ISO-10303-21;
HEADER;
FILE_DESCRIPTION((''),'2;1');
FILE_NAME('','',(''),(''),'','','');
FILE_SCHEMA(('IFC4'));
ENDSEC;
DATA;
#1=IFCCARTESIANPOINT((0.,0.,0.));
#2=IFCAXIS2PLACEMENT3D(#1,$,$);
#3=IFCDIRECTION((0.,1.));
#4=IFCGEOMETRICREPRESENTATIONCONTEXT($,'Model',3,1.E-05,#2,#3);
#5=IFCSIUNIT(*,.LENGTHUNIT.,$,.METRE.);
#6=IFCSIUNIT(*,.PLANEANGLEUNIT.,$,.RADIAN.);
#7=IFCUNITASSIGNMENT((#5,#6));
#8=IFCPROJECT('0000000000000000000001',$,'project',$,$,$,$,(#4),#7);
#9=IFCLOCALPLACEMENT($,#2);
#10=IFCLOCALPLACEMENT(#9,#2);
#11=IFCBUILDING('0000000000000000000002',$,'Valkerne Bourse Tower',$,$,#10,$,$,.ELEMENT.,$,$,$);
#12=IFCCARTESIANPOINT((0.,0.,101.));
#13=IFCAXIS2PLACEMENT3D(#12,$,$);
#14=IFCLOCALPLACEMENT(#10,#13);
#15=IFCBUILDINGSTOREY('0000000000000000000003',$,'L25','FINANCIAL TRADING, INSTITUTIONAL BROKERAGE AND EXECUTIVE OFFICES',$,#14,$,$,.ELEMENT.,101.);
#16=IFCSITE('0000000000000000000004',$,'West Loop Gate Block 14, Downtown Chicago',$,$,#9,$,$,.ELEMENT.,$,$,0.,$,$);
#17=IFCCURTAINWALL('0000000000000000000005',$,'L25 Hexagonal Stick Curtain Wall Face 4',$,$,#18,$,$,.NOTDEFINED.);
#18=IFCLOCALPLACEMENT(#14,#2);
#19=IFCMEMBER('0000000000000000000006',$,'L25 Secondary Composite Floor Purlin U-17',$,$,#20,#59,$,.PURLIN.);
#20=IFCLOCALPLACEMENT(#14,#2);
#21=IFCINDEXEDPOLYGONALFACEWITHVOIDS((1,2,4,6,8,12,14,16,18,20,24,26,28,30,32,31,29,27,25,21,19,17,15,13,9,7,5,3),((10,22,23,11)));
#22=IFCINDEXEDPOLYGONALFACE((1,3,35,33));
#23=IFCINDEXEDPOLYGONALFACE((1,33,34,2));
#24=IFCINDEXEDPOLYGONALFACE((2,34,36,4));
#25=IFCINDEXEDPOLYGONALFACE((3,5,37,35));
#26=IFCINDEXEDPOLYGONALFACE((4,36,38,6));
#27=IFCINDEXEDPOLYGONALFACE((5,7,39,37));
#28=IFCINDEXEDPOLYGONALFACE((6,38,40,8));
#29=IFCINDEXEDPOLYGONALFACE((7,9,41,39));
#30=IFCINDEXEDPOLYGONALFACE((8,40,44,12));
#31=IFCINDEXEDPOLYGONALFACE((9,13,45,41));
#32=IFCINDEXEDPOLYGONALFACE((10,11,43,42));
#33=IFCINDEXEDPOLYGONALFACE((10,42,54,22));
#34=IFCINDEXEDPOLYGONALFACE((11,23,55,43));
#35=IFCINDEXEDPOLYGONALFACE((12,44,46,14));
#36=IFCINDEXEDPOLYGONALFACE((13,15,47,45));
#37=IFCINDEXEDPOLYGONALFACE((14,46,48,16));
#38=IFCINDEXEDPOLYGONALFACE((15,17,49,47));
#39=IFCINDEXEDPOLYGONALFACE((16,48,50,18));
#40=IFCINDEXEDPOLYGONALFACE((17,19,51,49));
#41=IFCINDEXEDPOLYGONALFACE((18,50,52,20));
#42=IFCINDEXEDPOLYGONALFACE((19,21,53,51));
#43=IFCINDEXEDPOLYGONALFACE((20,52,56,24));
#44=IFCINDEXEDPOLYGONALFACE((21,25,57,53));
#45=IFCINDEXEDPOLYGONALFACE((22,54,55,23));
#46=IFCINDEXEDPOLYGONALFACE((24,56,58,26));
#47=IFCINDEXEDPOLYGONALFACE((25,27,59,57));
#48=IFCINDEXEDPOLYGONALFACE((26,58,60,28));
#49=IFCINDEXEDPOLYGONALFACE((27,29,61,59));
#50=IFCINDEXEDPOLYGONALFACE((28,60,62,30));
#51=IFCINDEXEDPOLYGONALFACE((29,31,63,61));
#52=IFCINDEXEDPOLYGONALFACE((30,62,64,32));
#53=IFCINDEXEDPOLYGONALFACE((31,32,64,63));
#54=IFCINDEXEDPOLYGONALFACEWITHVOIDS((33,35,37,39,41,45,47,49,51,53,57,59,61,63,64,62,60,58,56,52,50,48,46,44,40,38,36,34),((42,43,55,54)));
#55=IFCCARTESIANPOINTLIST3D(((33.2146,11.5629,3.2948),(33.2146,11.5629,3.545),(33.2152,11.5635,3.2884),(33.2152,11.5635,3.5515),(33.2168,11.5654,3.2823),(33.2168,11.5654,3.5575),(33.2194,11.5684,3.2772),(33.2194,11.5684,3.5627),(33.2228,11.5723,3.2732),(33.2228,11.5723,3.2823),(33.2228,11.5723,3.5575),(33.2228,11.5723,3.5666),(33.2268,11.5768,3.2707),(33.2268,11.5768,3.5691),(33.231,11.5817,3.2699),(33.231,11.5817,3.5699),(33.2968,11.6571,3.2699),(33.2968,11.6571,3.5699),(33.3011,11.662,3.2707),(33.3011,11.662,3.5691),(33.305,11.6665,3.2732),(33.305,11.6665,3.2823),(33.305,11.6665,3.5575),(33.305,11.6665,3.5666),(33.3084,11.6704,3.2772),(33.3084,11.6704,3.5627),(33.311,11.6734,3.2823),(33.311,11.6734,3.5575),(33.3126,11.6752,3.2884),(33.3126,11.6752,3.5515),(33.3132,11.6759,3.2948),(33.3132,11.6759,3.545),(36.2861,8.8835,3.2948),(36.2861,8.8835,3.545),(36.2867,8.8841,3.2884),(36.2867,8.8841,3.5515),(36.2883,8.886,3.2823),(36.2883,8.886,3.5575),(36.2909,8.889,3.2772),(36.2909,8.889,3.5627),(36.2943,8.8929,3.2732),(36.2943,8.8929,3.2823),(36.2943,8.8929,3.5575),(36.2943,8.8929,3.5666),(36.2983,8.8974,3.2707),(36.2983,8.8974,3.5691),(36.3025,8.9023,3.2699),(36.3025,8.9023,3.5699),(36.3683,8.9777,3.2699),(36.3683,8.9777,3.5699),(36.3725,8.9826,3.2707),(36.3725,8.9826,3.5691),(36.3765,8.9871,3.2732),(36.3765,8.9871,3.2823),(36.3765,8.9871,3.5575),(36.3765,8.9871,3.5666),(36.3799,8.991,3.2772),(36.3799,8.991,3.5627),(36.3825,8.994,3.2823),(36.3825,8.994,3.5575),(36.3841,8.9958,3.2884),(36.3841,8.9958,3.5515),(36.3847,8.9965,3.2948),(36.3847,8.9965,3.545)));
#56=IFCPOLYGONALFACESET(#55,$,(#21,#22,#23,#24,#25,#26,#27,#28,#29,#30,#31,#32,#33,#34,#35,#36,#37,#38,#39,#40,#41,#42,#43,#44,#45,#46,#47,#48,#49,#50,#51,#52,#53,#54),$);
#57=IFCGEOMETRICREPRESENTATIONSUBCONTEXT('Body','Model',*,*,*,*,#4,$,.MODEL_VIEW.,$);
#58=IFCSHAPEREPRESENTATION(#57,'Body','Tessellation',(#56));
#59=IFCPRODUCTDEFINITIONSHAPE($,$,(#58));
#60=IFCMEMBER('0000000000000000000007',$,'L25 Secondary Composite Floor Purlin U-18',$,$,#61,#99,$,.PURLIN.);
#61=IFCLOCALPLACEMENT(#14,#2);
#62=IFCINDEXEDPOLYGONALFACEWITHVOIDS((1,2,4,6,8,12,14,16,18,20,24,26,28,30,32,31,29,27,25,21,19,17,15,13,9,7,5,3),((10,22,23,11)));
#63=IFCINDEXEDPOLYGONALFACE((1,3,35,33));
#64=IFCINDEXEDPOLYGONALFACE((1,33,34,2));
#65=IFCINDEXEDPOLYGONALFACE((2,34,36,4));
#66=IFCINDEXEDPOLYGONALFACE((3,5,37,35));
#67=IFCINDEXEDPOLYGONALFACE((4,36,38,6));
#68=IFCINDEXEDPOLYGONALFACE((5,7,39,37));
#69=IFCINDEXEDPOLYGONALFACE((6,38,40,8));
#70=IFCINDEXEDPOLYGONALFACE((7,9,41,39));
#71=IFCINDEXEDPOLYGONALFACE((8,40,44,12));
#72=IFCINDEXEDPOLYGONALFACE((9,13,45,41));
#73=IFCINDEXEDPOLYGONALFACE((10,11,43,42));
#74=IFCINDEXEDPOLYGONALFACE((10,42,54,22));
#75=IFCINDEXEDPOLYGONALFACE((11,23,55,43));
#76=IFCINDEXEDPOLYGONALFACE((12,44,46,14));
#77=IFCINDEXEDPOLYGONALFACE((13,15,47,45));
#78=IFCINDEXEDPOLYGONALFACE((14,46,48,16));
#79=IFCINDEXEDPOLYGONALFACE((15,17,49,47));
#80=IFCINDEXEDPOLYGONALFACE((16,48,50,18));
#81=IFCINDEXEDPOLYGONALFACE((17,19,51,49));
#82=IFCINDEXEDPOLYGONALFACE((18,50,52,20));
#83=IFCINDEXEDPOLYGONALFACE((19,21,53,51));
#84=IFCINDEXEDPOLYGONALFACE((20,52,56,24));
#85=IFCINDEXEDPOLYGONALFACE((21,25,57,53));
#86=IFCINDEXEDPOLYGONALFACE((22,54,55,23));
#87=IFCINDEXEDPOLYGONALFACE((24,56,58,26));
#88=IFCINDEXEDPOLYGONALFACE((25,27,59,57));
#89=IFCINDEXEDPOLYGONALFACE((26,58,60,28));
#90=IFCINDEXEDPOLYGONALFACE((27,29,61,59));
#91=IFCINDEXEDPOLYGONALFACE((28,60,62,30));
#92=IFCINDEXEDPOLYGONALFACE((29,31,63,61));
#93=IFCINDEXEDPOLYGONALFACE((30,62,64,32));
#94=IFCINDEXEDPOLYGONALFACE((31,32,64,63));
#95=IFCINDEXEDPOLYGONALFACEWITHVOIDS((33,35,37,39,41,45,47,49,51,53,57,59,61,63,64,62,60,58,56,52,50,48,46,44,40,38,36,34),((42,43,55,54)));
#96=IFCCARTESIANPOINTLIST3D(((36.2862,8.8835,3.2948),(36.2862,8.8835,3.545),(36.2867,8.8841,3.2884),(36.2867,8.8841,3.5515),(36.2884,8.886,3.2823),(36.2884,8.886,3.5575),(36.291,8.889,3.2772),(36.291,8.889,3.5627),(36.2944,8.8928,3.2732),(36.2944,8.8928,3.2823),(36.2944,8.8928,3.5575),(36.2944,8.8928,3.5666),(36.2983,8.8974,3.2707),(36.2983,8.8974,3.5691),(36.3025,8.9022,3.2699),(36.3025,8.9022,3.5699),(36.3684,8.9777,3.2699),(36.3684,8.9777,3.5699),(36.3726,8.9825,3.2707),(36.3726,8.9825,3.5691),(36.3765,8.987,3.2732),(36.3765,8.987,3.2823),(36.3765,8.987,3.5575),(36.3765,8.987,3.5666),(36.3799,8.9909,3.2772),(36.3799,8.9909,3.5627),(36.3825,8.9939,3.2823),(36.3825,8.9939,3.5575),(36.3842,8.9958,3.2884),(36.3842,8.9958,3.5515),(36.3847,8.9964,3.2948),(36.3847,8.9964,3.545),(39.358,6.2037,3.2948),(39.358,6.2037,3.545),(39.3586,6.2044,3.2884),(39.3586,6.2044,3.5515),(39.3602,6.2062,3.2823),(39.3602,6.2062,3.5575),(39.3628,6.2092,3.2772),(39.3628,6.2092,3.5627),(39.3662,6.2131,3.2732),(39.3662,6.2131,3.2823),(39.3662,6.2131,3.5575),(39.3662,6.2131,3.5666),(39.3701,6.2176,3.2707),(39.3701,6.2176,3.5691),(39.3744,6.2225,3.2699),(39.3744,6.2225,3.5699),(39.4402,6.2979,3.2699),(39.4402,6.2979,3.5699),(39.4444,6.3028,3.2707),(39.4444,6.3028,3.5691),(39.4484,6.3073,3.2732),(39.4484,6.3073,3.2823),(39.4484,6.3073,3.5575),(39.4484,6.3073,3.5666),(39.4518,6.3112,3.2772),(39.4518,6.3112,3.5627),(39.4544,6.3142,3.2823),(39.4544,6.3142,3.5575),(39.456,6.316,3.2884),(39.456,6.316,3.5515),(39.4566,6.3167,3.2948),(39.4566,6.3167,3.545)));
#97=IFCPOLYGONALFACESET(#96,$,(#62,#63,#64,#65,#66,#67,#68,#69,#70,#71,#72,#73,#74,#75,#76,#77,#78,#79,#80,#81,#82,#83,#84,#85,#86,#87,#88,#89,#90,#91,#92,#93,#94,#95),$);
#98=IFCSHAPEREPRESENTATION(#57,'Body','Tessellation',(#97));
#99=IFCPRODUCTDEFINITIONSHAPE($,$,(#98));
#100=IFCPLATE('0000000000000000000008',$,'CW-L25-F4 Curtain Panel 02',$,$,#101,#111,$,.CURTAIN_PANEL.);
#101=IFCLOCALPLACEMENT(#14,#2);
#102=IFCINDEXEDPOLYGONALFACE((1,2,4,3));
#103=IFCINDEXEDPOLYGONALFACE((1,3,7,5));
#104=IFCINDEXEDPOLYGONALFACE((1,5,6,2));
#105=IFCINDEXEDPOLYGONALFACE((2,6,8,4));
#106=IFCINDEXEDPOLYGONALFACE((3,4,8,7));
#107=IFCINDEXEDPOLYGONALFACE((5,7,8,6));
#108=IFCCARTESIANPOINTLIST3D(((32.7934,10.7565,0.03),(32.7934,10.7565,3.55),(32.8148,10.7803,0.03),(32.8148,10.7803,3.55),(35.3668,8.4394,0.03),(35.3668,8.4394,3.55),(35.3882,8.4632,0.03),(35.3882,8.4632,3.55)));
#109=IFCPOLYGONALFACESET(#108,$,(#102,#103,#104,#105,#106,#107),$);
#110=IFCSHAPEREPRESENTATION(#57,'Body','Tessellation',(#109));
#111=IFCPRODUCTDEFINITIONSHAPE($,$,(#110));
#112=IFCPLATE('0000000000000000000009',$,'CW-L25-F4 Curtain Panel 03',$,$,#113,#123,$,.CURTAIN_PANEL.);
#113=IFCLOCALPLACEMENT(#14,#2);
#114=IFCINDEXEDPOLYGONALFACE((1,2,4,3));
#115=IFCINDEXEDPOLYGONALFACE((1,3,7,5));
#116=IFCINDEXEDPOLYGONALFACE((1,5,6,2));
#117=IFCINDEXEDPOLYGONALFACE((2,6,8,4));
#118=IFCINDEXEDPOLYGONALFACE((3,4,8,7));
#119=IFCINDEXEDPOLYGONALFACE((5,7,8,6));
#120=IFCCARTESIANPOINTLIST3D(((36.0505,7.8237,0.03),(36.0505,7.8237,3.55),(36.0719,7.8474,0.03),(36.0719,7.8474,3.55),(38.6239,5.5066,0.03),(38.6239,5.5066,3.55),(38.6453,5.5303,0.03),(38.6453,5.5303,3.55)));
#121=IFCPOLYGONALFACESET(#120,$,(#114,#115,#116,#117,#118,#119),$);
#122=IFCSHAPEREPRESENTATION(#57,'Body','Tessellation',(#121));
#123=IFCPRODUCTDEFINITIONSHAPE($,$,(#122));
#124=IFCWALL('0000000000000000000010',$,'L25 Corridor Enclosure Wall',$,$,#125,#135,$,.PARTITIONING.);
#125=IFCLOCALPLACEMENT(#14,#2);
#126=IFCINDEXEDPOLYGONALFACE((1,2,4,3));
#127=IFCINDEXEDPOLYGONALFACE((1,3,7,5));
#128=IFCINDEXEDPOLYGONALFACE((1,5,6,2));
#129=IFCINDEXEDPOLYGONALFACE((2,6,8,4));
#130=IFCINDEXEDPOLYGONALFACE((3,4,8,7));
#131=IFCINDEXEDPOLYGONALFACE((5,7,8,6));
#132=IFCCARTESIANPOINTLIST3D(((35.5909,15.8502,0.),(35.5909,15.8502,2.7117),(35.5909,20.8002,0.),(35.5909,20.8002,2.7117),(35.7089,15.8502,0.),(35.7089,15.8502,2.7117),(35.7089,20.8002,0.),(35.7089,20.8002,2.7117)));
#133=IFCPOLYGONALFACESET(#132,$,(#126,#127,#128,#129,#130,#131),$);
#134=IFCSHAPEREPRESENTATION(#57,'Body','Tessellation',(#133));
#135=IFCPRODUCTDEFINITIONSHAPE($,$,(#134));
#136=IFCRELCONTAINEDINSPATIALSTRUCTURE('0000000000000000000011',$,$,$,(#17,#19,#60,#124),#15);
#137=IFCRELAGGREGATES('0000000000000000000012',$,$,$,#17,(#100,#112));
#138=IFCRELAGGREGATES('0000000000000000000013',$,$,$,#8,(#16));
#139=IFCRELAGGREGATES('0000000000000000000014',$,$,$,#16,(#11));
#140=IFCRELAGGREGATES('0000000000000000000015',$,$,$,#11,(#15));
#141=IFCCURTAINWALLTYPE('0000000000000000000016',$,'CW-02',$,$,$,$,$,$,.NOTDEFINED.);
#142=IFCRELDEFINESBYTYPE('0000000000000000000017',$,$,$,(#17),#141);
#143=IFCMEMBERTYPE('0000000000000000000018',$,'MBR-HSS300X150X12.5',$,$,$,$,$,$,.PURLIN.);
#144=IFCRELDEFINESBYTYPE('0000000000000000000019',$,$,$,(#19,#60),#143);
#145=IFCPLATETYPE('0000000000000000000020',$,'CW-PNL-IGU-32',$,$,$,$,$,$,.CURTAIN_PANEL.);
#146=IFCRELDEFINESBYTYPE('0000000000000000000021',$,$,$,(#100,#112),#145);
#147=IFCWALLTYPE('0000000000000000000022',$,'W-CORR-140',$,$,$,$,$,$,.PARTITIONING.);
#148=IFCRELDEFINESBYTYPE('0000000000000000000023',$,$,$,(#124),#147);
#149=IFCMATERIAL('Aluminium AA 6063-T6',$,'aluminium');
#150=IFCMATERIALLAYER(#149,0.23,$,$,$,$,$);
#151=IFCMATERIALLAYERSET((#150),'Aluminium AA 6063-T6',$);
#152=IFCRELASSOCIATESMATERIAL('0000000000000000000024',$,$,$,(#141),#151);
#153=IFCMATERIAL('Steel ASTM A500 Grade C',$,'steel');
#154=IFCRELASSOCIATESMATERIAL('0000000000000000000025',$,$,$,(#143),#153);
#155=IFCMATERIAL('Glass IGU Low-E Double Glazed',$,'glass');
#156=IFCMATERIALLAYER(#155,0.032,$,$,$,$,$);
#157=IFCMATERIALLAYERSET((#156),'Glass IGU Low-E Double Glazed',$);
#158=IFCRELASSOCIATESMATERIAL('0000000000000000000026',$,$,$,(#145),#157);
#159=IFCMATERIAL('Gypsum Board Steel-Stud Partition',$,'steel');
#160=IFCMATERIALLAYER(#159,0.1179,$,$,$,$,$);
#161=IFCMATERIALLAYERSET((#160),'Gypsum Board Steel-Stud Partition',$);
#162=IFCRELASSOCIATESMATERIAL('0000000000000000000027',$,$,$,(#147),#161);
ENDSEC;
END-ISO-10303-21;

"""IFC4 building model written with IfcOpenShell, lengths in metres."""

from ifc_helpers import new_model, si_unit, direction, frame, frame_2d, origin, origin_2d, place, context, subcontext, project, spatial, rectangle, hollow_rectangle, extrude, material, layer, layer_set, material_profile, profile_set, type_object, element, aggregate, save


model = new_model("IFC4")

# Units and contexts
model_context = context("Model", 3, precision=1e-05, world=origin(), true_north=direction((0.0, 1.0)))
body_context = subcontext(model_context, "Body", "Model", "MODEL_VIEW")
ifc_project = project(units=[si_unit("LENGTHUNIT", "METRE"), si_unit("PLANEANGLEUNIT", "RADIAN")], contexts=[model_context])

# Site, building, storey
site_placement = place(None, origin())
site = spatial("IfcSite", under=ifc_project, at=site_placement, Name="West Loop Gate Block 14, Downtown Chicago", CompositionType="ELEMENT", RefElevation=0.0)
building_placement = place(site_placement, origin())
building = spatial("IfcBuilding", under=site, at=building_placement, Name="Valkerne Bourse Tower", CompositionType="ELEMENT")
storey_placement = place(building_placement, frame((0.0, 0.0, 101.0)))
storey = spatial("IfcBuildingStorey", under=building, at=storey_placement, Name="L25", Description="FINANCIAL TRADING, INSTITUTIONAL BROKERAGE AND EXECUTIVE OFFICES", CompositionType="ELEMENT", Elevation=101.0)

# Curtain wall
ifc_material_1 = material(Name="Aluminium AA 6063-T6", Category="aluminium")
ifc_layer_1 = layer(ifc_material_1, 0.23)
ifc_layer_set_1 = layer_set([ifc_layer_1], Name="Aluminium AA 6063-T6")
curtain_wall_type = type_object("IfcCurtainWallType", Name="CW-02", PredefinedType="NOTDEFINED", material=ifc_layer_set_1)
curtain_wall_placement = place(storey_placement, origin())
curtain_wall = element("IfcCurtainWall", 1, at=curtain_wall_placement, inside=storey, type_object=curtain_wall_type, Name="L25 Hexagonal Stick Curtain Wall Face 4", PredefinedType="NOTDEFINED")

# Members
ifc_material_2 = material(Name="Steel ASTM A500 Grade C", Category="steel")
ifc_material_profile_1 = material_profile(ifc_material_2, hollow_rectangle(XDim=0.1499, YDim=0.3, WallThickness=0.0125, OuterFilletRadius=0.0249, at=origin_2d()), Name="HSS300X150X12.5")
ifc_profile_set_1 = profile_set([ifc_material_profile_1], Name="Steel ASTM A500 Grade C")
member_type_1 = type_object("IfcMemberType", Name="MBR-HSS300X150X12.5", PredefinedType="PURLIN", material=ifc_profile_set_1)
member_1_placement = place(storey_placement, frame((33.2639, 11.6194, 3.4199), z_axis=(0.753567, -0.657372, 0.0), x_axis=(0.657372, 0.753567, 0.0)))
element("IfcMember", 2, at=member_1_placement, inside=storey, type_object=member_type_1, Name="L25 Secondary Composite Floor Purlin U-17", PredefinedType="PURLIN", context=body_context, shape_type="SweptSolid", body=[
    extrude(hollow_rectangle(XDim=0.1499, YDim=0.3, WallThickness=0.0125, OuterFilletRadius=0.0249, at=origin_2d()), origin(), (0.0, 0.0, 1.0), 4.0759),
])
member_2_placement = place(storey_placement, frame((36.3354, 8.9399, 3.4199), z_axis=(0.753563, -0.657376, 0.0), x_axis=(0.657376, 0.753563, 0.0)))
element("IfcMember", 3, at=member_2_placement, inside=storey, type_object=member_type_1, Name="L25 Secondary Composite Floor Purlin U-18", PredefinedType="PURLIN", context=body_context, shape_type="SweptSolid", body=[
    extrude(hollow_rectangle(XDim=0.1499, YDim=0.3, WallThickness=0.0125, OuterFilletRadius=0.0249, at=origin_2d()), origin(), (0.0, 0.0, 1.0), 4.0764),
])

# Plates
ifc_material_3 = material(Name="Glass IGU Low-E Double Glazed", Category="glass")
ifc_layer_2 = layer(ifc_material_3, 0.032)
ifc_layer_set_2 = layer_set([ifc_layer_2], Name="Glass IGU Low-E Double Glazed")
plate_type = type_object("IfcPlateType", Name="CW-PNL-IGU-32", PredefinedType="CURTAIN_PANEL", material=ifc_layer_set_2)
plate_1_placement = place(storey_placement, frame((34.0908, 9.6099, 0.03), z_axis=(0.0, 0.0, 1.0), x_axis=(0.743144, -0.669131, 0.0)))
plate_1 = element("IfcPlate", 4, at=plate_1_placement, type_object=plate_type, Name="CW-L25-F4 Curtain Panel 02", PredefinedType="CURTAIN_PANEL", context=body_context, shape_type="SweptSolid", body=[
    extrude(rectangle(XDim=3.4629, YDim=0.032, at=origin_2d()), origin(), (0.0, 0.0, 1.0), 3.52),
])
plate_2_placement = place(storey_placement, frame((37.3479, 6.677, 0.03), z_axis=(0.0, 0.0, 1.0), x_axis=(0.743144, -0.669131, 0.0)))
plate_2 = element("IfcPlate", 5, at=plate_2_placement, type_object=plate_type, Name="CW-L25-F4 Curtain Panel 03", PredefinedType="CURTAIN_PANEL", context=body_context, shape_type="SweptSolid", body=[
    extrude(rectangle(XDim=3.4629, YDim=0.032, at=origin_2d()), origin(), (0.0, 0.0, 1.0), 3.52),
])
aggregate(curtain_wall, [plate_1, plate_2])

# Wall
ifc_material_4 = material(Name="Gypsum Board Steel-Stud Partition", Category="steel")
ifc_layer_3 = layer(ifc_material_4, 0.1179)
ifc_layer_set_3 = layer_set([ifc_layer_3], Name="Gypsum Board Steel-Stud Partition")
wall_type = type_object("IfcWallType", Name="W-CORR-140", PredefinedType="PARTITIONING", material=ifc_layer_set_3)
wall_placement = place(storey_placement, frame((35.6499, 15.8501, 0.0), z_axis=(0.0, 0.0, 1.0), x_axis=(0.0, 1.0, 0.0)))
element("IfcWall", 6, at=wall_placement, inside=storey, type_object=wall_type, Name="L25 Corridor Enclosure Wall", PredefinedType="PARTITIONING", context=body_context, shape_type="SweptSolid", body=[
    extrude(rectangle(XDim=4.95, YDim=0.1179, at=frame_2d((2.4751, 0.0))), origin(), (0.0, 0.0, 1.0), 2.7117),
])

save(model, "model.ifc")
